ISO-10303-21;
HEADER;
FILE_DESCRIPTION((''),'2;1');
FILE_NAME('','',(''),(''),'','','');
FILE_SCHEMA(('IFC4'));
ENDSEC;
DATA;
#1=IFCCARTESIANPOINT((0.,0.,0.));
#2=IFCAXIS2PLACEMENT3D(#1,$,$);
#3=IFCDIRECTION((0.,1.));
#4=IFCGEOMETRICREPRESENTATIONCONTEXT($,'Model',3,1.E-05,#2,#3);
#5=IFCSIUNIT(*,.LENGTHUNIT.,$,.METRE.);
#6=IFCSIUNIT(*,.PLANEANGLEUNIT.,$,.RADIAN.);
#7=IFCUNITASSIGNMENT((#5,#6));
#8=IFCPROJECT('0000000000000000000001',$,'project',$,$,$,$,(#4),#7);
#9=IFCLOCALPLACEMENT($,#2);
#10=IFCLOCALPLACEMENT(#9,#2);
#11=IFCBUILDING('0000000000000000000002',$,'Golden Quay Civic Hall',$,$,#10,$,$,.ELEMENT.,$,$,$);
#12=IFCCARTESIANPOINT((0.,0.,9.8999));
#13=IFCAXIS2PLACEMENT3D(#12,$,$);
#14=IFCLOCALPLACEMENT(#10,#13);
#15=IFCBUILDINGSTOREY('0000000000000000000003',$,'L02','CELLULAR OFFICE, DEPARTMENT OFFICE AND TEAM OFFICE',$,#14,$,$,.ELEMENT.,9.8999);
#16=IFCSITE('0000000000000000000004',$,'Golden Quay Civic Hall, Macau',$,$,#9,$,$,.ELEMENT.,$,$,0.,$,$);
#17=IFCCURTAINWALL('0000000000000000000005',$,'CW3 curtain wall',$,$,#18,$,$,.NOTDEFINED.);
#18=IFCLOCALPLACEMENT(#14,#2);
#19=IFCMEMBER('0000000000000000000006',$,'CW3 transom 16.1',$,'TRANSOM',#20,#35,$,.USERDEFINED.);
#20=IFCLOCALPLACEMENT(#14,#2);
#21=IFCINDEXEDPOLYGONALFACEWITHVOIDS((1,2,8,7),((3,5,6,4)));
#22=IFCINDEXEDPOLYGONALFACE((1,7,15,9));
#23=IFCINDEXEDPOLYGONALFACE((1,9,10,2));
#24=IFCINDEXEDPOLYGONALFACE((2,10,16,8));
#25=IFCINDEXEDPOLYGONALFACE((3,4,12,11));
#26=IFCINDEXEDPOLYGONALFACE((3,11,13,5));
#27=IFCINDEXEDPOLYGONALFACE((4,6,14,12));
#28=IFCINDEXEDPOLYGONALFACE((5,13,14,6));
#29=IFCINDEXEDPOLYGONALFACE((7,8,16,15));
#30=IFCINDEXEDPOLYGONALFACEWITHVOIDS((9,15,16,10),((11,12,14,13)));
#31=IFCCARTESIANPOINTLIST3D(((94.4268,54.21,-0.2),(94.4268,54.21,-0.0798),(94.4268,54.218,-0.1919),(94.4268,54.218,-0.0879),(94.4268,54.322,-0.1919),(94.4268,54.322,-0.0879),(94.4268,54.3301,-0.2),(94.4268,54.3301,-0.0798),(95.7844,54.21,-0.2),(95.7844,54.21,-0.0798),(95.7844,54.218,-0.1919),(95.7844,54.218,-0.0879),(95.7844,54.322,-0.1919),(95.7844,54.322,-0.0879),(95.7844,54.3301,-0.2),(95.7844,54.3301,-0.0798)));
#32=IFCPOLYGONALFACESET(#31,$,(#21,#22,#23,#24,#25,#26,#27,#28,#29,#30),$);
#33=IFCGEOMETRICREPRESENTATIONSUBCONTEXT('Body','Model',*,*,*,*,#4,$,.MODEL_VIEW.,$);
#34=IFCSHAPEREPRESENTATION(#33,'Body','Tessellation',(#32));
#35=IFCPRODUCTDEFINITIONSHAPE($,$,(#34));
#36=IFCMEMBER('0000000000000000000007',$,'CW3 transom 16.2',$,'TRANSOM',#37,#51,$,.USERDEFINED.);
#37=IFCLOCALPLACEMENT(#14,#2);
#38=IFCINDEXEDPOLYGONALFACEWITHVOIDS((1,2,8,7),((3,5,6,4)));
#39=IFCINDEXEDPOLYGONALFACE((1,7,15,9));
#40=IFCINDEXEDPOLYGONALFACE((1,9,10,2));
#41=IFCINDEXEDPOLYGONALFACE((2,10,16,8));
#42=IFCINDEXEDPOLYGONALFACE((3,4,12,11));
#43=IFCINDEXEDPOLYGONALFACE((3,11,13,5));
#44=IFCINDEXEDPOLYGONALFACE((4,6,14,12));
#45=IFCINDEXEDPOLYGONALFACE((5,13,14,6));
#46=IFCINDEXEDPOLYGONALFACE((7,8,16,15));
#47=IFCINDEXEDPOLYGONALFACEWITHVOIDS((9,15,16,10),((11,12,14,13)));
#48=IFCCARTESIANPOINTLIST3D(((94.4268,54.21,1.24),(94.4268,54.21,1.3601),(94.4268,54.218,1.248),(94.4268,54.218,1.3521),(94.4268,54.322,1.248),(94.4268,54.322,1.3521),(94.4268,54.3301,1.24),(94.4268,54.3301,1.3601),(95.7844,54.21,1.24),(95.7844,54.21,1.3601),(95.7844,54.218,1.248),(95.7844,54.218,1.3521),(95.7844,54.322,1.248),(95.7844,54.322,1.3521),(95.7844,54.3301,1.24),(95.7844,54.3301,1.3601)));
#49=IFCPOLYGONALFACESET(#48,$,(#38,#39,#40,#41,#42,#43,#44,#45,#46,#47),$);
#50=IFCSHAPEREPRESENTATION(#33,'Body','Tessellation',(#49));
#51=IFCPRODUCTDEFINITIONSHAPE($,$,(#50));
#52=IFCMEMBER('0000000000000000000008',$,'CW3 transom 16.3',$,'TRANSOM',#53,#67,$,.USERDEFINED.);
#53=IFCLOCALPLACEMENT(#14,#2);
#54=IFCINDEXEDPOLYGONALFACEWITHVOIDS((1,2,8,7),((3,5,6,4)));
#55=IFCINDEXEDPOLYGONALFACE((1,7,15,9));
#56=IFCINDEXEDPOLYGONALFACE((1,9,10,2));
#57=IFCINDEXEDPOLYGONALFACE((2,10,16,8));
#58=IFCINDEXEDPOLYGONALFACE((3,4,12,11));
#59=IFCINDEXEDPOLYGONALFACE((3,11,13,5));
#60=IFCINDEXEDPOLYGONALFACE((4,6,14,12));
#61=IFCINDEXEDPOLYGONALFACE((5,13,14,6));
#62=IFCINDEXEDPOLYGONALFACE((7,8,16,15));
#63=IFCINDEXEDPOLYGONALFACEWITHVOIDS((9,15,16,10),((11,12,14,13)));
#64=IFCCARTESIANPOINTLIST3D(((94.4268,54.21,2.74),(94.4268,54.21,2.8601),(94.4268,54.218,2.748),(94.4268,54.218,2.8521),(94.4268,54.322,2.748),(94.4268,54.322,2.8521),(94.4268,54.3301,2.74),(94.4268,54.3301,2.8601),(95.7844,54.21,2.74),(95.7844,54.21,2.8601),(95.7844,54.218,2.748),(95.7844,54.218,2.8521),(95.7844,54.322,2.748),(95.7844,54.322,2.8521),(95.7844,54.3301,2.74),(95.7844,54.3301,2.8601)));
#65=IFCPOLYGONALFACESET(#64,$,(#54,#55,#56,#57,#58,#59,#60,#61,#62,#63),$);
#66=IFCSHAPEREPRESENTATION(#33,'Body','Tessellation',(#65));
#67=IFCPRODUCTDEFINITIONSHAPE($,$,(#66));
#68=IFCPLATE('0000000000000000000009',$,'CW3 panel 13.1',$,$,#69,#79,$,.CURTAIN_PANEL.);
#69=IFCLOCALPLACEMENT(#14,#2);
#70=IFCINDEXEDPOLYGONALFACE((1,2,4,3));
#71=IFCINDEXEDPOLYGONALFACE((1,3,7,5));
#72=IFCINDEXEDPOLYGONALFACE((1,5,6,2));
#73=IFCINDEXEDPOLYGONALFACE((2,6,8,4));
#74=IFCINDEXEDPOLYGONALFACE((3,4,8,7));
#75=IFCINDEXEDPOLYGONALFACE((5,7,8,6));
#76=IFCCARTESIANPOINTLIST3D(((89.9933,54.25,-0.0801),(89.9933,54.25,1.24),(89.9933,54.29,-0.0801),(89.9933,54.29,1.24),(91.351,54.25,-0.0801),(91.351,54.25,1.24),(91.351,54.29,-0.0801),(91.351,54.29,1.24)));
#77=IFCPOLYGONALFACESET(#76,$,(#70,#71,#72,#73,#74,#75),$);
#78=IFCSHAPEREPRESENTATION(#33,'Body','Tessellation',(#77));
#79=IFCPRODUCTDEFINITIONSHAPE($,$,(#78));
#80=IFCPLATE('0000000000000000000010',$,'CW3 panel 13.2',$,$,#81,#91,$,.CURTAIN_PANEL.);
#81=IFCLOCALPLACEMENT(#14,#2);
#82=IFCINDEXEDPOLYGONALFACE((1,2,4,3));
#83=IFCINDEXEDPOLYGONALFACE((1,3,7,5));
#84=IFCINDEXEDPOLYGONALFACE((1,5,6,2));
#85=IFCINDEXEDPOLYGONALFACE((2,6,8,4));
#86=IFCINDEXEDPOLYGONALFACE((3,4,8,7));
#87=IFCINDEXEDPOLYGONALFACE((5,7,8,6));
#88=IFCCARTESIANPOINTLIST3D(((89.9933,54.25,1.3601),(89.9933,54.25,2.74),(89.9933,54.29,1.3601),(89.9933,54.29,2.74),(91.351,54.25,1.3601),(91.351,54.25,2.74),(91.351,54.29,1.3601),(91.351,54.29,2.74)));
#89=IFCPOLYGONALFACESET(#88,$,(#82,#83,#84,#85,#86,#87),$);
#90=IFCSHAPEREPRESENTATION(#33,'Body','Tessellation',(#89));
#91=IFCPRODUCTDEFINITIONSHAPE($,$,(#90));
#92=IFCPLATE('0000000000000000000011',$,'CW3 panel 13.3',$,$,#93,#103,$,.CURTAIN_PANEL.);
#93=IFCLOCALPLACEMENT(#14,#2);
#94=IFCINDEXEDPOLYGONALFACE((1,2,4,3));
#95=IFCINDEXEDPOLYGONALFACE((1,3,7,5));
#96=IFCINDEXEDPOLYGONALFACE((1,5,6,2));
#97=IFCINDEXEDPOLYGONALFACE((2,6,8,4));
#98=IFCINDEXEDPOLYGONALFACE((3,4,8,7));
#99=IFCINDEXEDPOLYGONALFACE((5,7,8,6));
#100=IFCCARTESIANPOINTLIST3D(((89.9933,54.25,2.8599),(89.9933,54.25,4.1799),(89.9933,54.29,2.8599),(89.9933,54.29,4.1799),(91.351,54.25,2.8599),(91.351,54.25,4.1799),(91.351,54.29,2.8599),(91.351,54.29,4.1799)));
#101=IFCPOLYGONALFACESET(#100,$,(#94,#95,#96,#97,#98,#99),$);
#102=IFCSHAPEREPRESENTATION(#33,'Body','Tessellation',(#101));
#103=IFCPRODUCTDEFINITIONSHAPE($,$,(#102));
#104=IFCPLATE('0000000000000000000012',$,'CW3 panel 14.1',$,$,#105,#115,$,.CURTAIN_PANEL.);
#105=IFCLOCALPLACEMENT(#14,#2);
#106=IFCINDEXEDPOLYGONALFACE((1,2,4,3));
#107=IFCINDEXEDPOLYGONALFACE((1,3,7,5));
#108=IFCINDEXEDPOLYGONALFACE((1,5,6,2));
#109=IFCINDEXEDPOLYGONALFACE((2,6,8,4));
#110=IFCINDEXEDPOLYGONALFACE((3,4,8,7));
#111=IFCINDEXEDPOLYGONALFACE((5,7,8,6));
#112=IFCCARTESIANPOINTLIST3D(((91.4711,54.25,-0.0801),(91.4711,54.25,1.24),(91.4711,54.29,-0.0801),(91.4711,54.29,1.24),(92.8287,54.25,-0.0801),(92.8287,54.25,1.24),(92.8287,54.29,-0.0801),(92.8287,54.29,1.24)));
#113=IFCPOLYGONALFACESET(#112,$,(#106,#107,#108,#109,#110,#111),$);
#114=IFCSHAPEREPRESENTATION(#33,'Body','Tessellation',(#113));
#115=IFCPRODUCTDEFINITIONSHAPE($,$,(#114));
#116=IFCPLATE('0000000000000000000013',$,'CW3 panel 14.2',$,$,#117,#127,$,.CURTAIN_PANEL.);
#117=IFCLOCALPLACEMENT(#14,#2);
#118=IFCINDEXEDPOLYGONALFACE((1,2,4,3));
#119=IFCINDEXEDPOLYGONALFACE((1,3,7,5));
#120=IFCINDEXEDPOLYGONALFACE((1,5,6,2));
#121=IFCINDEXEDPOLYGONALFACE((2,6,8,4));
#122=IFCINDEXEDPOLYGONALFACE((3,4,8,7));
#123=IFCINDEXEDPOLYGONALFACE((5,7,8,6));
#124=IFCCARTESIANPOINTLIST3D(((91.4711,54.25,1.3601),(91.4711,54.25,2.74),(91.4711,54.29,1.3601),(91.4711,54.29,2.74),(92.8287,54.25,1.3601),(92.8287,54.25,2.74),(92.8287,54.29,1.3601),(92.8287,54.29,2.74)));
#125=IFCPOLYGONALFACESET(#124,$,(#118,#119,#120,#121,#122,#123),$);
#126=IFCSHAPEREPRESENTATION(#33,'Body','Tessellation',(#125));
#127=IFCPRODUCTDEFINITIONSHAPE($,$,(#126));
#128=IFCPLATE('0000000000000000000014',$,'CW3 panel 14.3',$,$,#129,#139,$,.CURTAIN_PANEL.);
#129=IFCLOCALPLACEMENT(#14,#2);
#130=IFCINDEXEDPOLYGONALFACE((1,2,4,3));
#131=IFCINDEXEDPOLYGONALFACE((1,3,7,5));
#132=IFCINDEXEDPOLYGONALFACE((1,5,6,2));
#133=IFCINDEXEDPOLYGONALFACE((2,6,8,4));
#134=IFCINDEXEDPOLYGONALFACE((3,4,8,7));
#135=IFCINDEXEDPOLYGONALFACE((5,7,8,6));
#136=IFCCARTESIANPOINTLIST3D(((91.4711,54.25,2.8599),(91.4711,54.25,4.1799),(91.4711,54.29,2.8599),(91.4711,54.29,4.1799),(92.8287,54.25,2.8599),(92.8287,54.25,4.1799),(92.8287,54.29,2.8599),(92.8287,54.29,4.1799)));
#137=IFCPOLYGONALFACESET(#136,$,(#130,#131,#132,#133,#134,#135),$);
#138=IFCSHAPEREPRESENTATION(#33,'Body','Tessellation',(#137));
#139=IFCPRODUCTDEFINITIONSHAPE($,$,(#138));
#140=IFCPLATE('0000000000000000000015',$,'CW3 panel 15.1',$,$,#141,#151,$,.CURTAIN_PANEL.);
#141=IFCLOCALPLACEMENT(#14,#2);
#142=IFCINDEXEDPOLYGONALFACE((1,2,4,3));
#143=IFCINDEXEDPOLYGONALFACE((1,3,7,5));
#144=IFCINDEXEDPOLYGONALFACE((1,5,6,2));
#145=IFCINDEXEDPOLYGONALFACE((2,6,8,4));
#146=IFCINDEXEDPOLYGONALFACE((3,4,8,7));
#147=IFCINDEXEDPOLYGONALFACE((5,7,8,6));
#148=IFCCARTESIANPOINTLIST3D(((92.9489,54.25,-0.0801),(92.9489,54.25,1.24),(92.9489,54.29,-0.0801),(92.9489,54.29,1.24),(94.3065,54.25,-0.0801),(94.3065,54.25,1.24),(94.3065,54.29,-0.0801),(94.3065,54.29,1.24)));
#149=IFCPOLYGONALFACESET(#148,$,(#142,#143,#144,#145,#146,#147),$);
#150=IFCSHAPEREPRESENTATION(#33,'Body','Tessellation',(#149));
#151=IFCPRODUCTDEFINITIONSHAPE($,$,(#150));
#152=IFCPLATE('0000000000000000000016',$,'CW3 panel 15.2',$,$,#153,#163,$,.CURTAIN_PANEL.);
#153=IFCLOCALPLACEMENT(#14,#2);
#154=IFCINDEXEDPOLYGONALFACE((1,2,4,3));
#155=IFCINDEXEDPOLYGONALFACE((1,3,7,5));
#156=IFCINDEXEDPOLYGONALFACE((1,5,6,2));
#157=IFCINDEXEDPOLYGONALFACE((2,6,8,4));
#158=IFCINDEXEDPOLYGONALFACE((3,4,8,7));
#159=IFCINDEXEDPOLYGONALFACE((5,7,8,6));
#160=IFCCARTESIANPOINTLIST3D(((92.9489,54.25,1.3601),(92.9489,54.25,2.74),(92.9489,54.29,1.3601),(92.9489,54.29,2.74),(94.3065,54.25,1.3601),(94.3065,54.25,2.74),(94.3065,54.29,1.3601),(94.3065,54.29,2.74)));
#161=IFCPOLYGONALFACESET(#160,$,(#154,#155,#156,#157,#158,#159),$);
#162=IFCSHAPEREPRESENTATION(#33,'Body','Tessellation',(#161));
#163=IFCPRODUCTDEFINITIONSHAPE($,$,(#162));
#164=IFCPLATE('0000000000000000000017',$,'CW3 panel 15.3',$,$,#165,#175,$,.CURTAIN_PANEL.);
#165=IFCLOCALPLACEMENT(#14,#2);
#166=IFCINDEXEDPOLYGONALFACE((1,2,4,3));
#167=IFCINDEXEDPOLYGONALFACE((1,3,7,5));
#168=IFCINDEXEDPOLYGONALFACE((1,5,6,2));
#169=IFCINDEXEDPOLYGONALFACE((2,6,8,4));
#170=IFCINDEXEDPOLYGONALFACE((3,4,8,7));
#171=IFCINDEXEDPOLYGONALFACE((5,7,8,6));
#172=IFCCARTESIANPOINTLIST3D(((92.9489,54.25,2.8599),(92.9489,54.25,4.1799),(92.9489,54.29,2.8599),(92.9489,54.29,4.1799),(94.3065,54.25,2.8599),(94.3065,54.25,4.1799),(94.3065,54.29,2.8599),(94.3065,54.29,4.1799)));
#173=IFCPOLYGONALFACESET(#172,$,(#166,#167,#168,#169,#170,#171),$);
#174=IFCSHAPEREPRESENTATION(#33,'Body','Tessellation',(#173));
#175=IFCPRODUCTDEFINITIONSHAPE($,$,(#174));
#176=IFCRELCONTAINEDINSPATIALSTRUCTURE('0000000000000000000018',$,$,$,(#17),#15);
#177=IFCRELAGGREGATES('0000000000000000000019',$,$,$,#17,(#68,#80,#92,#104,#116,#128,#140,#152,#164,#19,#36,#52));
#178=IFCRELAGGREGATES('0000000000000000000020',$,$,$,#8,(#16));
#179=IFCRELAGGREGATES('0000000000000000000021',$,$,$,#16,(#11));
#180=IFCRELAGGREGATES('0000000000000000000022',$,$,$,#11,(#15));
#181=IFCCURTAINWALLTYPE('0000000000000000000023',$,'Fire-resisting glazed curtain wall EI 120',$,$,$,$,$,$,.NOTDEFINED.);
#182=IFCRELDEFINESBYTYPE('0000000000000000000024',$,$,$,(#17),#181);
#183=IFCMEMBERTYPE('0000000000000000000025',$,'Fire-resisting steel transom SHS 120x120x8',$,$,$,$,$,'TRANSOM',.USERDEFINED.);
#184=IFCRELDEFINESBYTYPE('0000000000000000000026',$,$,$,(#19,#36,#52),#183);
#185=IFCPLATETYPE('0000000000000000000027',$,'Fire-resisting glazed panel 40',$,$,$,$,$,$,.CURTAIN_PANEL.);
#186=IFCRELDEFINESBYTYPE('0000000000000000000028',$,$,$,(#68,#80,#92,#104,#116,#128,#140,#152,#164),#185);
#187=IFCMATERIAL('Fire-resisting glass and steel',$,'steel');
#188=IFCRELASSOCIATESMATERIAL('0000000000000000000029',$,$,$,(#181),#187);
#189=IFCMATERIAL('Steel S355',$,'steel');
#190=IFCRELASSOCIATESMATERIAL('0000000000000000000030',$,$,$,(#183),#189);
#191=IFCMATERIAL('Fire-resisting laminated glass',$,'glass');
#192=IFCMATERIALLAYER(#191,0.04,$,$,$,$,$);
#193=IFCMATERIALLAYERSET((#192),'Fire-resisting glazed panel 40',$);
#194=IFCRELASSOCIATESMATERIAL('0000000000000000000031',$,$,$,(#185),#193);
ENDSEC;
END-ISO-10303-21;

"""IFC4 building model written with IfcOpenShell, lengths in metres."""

from ifc_helpers import new_model, si_unit, direction, frame, origin, origin_2d, place, context, subcontext, project, spatial, rectangle, hollow_rectangle, extrude, material, layer, layer_set, material_profile, profile_set, type_object, element, aggregate, save


model = new_model("IFC4")

# Units and contexts
model_context = context("Model", 3, precision=1e-05, world=origin(), true_north=direction((0.0, 1.0)))
body_context = subcontext(model_context, "Body", "Model", "MODEL_VIEW")
ifc_project = project(units=[si_unit("LENGTHUNIT", "METRE"), si_unit("PLANEANGLEUNIT", "RADIAN")], contexts=[model_context])

# Site, building, storey
site_placement = place(None, origin())
site = spatial("IfcSite", under=ifc_project, at=site_placement, Name="Golden Quay Civic Hall, Macau", CompositionType="ELEMENT", RefElevation=0.0)
building_placement = place(site_placement, origin())
building = spatial("IfcBuilding", under=site, at=building_placement, Name="Golden Quay Civic Hall", CompositionType="ELEMENT")
storey_placement = place(building_placement, frame((0.0, 0.0, 9.8999)))
storey = spatial("IfcBuildingStorey", under=building, at=storey_placement, Name="L02", Description="CELLULAR OFFICE, DEPARTMENT OFFICE AND TEAM OFFICE", CompositionType="ELEMENT", Elevation=9.8999)

# Curtain wall, members, plates
ifc_material_1 = material(Name="Fire-resisting glass and steel", Category="steel")
curtain_wall_type = type_object("IfcCurtainWallType", Name="Fire-resisting glazed curtain wall EI 120", PredefinedType="NOTDEFINED", material=ifc_material_1)
curtain_wall_placement = place(storey_placement, origin())
curtain_wall = element("IfcCurtainWall", 1, at=curtain_wall_placement, inside=storey, type_object=curtain_wall_type, Name="CW3 curtain wall", PredefinedType="NOTDEFINED")
ifc_material_2 = material(Name="Steel S355", Category="steel")
ifc_material_profile_1 = material_profile(ifc_material_2, hollow_rectangle(XDim=0.1201, YDim=0.1201, WallThickness=0.0081, at=origin_2d()), Name="SHS 120x120x8")
ifc_profile_set_1 = profile_set([ifc_material_profile_1], Name="Steel S355")
member_type_1 = type_object("IfcMemberType", Name="Fire-resisting steel transom SHS 120x120x8", ElementType="TRANSOM", PredefinedType="USERDEFINED", material=ifc_profile_set_1)
member_1_placement = place(storey_placement, frame((94.4268, 54.27, -0.1399), z_axis=(1.0, 0.0, 0.0), x_axis=(0.0, 1.0, 0.0)))
member_1 = element("IfcMember", 2, at=member_1_placement, type_object=member_type_1, Name="CW3 transom 16.1", ObjectType="TRANSOM", PredefinedType="USERDEFINED", context=body_context, shape_type="SweptSolid", body=[
    extrude(hollow_rectangle(XDim=0.1201, YDim=0.1201, WallThickness=0.0081, at=origin_2d()), origin(), (0.0, 0.0, 1.0), 1.3577),
])
member_2_placement = place(storey_placement, frame((94.4268, 54.27, 1.3), z_axis=(1.0, 0.0, 0.0), x_axis=(0.0, 1.0, 0.0)))
member_2 = element("IfcMember", 3, at=member_2_placement, type_object=member_type_1, Name="CW3 transom 16.2", ObjectType="TRANSOM", PredefinedType="USERDEFINED", context=body_context, shape_type="SweptSolid", body=[
    extrude(hollow_rectangle(XDim=0.1201, YDim=0.1201, WallThickness=0.0081, at=origin_2d()), origin(), (0.0, 0.0, 1.0), 1.3577),
])
member_3_placement = place(storey_placement, frame((94.4268, 54.27, 2.8), z_axis=(1.0, 0.0, 0.0), x_axis=(0.0, 1.0, 0.0)))
member_3 = element("IfcMember", 4, at=member_3_placement, type_object=member_type_1, Name="CW3 transom 16.3", ObjectType="TRANSOM", PredefinedType="USERDEFINED", context=body_context, shape_type="SweptSolid", body=[
    extrude(hollow_rectangle(XDim=0.1201, YDim=0.1201, WallThickness=0.0081, at=origin_2d()), origin(), (0.0, 0.0, 1.0), 1.3577),
])
ifc_material_3 = material(Name="Fire-resisting laminated glass", Category="glass")
ifc_layer = layer(ifc_material_3, 0.04)
ifc_layer_set = layer_set([ifc_layer], Name="Fire-resisting glazed panel 40")
plate_type = type_object("IfcPlateType", Name="Fire-resisting glazed panel 40", PredefinedType="CURTAIN_PANEL", material=ifc_layer_set)
plate_1_placement = place(storey_placement, frame((90.6721, 54.27, -0.0801), z_axis=(0.0, 0.0, 1.0), x_axis=(1.0, 0.0, 0.0)))
plate_1 = element("IfcPlate", 5, at=plate_1_placement, type_object=plate_type, Name="CW3 panel 13.1", PredefinedType="CURTAIN_PANEL", context=body_context, shape_type="SweptSolid", body=[
    extrude(rectangle(XDim=1.3577, YDim=0.04, at=origin_2d()), origin(), (0.0, 0.0, 1.0), 1.3201),
])
plate_2_placement = place(storey_placement, frame((90.6721, 54.27, 1.3601), z_axis=(0.0, 0.0, 1.0), x_axis=(1.0, 0.0, 0.0)))
plate_2 = element("IfcPlate", 6, at=plate_2_placement, type_object=plate_type, Name="CW3 panel 13.2", PredefinedType="CURTAIN_PANEL", context=body_context, shape_type="SweptSolid", body=[
    extrude(rectangle(XDim=1.3577, YDim=0.04, at=origin_2d()), origin(), (0.0, 0.0, 1.0), 1.3799),
])
plate_3_placement = place(storey_placement, frame((90.6721, 54.27, 2.8599), z_axis=(0.0, 0.0, 1.0), x_axis=(1.0, 0.0, 0.0)))
plate_3 = element("IfcPlate", 7, at=plate_3_placement, type_object=plate_type, Name="CW3 panel 13.3", PredefinedType="CURTAIN_PANEL", context=body_context, shape_type="SweptSolid", body=[
    extrude(rectangle(XDim=1.3577, YDim=0.04, at=origin_2d()), origin(), (0.0, 0.0, 1.0), 1.3201),
])
plate_4_placement = place(storey_placement, frame((92.1499, 54.27, -0.0801), z_axis=(0.0, 0.0, 1.0), x_axis=(1.0, 0.0, 0.0)))
plate_4 = element("IfcPlate", 8, at=plate_4_placement, type_object=plate_type, Name="CW3 panel 14.1", PredefinedType="CURTAIN_PANEL", context=body_context, shape_type="SweptSolid", body=[
    extrude(rectangle(XDim=1.3577, YDim=0.04, at=origin_2d()), origin(), (0.0, 0.0, 1.0), 1.3201),
])
plate_5_placement = place(storey_placement, frame((92.1499, 54.27, 1.3601), z_axis=(0.0, 0.0, 1.0), x_axis=(1.0, 0.0, 0.0)))
plate_5 = element("IfcPlate", 9, at=plate_5_placement, type_object=plate_type, Name="CW3 panel 14.2", PredefinedType="CURTAIN_PANEL", context=body_context, shape_type="SweptSolid", body=[
    extrude(rectangle(XDim=1.3577, YDim=0.04, at=origin_2d()), origin(), (0.0, 0.0, 1.0), 1.3799),
])
plate_6_placement = place(storey_placement, frame((92.1499, 54.27, 2.8599), z_axis=(0.0, 0.0, 1.0), x_axis=(1.0, 0.0, 0.0)))
plate_6 = element("IfcPlate", 10, at=plate_6_placement, type_object=plate_type, Name="CW3 panel 14.3", PredefinedType="CURTAIN_PANEL", context=body_context, shape_type="SweptSolid", body=[
    extrude(rectangle(XDim=1.3577, YDim=0.04, at=origin_2d()), origin(), (0.0, 0.0, 1.0), 1.3201),
])
plate_7_placement = place(storey_placement, frame((93.6277, 54.27, -0.0801), z_axis=(0.0, 0.0, 1.0), x_axis=(1.0, 0.0, 0.0)))
plate_7 = element("IfcPlate", 11, at=plate_7_placement, type_object=plate_type, Name="CW3 panel 15.1", PredefinedType="CURTAIN_PANEL", context=body_context, shape_type="SweptSolid", body=[
    extrude(rectangle(XDim=1.3577, YDim=0.04, at=origin_2d()), origin(), (0.0, 0.0, 1.0), 1.3201),
])
plate_8_placement = place(storey_placement, frame((93.6277, 54.27, 1.3601), z_axis=(0.0, 0.0, 1.0), x_axis=(1.0, 0.0, 0.0)))
plate_8 = element("IfcPlate", 12, at=plate_8_placement, type_object=plate_type, Name="CW3 panel 15.2", PredefinedType="CURTAIN_PANEL", context=body_context, shape_type="SweptSolid", body=[
    extrude(rectangle(XDim=1.3577, YDim=0.04, at=origin_2d()), origin(), (0.0, 0.0, 1.0), 1.3799),
])
plate_9_placement = place(storey_placement, frame((93.6277, 54.27, 2.8599), z_axis=(0.0, 0.0, 1.0), x_axis=(1.0, 0.0, 0.0)))
plate_9 = element("IfcPlate", 13, at=plate_9_placement, type_object=plate_type, Name="CW3 panel 15.3", PredefinedType="CURTAIN_PANEL", context=body_context, shape_type="SweptSolid", body=[
    extrude(rectangle(XDim=1.3577, YDim=0.04, at=origin_2d()), origin(), (0.0, 0.0, 1.0), 1.3201),
])
aggregate(curtain_wall, [plate_1, plate_2, plate_3, plate_4, plate_5, plate_6, plate_7, plate_8, plate_9, member_1, member_2, member_3])

save(model, "model.ifc")
